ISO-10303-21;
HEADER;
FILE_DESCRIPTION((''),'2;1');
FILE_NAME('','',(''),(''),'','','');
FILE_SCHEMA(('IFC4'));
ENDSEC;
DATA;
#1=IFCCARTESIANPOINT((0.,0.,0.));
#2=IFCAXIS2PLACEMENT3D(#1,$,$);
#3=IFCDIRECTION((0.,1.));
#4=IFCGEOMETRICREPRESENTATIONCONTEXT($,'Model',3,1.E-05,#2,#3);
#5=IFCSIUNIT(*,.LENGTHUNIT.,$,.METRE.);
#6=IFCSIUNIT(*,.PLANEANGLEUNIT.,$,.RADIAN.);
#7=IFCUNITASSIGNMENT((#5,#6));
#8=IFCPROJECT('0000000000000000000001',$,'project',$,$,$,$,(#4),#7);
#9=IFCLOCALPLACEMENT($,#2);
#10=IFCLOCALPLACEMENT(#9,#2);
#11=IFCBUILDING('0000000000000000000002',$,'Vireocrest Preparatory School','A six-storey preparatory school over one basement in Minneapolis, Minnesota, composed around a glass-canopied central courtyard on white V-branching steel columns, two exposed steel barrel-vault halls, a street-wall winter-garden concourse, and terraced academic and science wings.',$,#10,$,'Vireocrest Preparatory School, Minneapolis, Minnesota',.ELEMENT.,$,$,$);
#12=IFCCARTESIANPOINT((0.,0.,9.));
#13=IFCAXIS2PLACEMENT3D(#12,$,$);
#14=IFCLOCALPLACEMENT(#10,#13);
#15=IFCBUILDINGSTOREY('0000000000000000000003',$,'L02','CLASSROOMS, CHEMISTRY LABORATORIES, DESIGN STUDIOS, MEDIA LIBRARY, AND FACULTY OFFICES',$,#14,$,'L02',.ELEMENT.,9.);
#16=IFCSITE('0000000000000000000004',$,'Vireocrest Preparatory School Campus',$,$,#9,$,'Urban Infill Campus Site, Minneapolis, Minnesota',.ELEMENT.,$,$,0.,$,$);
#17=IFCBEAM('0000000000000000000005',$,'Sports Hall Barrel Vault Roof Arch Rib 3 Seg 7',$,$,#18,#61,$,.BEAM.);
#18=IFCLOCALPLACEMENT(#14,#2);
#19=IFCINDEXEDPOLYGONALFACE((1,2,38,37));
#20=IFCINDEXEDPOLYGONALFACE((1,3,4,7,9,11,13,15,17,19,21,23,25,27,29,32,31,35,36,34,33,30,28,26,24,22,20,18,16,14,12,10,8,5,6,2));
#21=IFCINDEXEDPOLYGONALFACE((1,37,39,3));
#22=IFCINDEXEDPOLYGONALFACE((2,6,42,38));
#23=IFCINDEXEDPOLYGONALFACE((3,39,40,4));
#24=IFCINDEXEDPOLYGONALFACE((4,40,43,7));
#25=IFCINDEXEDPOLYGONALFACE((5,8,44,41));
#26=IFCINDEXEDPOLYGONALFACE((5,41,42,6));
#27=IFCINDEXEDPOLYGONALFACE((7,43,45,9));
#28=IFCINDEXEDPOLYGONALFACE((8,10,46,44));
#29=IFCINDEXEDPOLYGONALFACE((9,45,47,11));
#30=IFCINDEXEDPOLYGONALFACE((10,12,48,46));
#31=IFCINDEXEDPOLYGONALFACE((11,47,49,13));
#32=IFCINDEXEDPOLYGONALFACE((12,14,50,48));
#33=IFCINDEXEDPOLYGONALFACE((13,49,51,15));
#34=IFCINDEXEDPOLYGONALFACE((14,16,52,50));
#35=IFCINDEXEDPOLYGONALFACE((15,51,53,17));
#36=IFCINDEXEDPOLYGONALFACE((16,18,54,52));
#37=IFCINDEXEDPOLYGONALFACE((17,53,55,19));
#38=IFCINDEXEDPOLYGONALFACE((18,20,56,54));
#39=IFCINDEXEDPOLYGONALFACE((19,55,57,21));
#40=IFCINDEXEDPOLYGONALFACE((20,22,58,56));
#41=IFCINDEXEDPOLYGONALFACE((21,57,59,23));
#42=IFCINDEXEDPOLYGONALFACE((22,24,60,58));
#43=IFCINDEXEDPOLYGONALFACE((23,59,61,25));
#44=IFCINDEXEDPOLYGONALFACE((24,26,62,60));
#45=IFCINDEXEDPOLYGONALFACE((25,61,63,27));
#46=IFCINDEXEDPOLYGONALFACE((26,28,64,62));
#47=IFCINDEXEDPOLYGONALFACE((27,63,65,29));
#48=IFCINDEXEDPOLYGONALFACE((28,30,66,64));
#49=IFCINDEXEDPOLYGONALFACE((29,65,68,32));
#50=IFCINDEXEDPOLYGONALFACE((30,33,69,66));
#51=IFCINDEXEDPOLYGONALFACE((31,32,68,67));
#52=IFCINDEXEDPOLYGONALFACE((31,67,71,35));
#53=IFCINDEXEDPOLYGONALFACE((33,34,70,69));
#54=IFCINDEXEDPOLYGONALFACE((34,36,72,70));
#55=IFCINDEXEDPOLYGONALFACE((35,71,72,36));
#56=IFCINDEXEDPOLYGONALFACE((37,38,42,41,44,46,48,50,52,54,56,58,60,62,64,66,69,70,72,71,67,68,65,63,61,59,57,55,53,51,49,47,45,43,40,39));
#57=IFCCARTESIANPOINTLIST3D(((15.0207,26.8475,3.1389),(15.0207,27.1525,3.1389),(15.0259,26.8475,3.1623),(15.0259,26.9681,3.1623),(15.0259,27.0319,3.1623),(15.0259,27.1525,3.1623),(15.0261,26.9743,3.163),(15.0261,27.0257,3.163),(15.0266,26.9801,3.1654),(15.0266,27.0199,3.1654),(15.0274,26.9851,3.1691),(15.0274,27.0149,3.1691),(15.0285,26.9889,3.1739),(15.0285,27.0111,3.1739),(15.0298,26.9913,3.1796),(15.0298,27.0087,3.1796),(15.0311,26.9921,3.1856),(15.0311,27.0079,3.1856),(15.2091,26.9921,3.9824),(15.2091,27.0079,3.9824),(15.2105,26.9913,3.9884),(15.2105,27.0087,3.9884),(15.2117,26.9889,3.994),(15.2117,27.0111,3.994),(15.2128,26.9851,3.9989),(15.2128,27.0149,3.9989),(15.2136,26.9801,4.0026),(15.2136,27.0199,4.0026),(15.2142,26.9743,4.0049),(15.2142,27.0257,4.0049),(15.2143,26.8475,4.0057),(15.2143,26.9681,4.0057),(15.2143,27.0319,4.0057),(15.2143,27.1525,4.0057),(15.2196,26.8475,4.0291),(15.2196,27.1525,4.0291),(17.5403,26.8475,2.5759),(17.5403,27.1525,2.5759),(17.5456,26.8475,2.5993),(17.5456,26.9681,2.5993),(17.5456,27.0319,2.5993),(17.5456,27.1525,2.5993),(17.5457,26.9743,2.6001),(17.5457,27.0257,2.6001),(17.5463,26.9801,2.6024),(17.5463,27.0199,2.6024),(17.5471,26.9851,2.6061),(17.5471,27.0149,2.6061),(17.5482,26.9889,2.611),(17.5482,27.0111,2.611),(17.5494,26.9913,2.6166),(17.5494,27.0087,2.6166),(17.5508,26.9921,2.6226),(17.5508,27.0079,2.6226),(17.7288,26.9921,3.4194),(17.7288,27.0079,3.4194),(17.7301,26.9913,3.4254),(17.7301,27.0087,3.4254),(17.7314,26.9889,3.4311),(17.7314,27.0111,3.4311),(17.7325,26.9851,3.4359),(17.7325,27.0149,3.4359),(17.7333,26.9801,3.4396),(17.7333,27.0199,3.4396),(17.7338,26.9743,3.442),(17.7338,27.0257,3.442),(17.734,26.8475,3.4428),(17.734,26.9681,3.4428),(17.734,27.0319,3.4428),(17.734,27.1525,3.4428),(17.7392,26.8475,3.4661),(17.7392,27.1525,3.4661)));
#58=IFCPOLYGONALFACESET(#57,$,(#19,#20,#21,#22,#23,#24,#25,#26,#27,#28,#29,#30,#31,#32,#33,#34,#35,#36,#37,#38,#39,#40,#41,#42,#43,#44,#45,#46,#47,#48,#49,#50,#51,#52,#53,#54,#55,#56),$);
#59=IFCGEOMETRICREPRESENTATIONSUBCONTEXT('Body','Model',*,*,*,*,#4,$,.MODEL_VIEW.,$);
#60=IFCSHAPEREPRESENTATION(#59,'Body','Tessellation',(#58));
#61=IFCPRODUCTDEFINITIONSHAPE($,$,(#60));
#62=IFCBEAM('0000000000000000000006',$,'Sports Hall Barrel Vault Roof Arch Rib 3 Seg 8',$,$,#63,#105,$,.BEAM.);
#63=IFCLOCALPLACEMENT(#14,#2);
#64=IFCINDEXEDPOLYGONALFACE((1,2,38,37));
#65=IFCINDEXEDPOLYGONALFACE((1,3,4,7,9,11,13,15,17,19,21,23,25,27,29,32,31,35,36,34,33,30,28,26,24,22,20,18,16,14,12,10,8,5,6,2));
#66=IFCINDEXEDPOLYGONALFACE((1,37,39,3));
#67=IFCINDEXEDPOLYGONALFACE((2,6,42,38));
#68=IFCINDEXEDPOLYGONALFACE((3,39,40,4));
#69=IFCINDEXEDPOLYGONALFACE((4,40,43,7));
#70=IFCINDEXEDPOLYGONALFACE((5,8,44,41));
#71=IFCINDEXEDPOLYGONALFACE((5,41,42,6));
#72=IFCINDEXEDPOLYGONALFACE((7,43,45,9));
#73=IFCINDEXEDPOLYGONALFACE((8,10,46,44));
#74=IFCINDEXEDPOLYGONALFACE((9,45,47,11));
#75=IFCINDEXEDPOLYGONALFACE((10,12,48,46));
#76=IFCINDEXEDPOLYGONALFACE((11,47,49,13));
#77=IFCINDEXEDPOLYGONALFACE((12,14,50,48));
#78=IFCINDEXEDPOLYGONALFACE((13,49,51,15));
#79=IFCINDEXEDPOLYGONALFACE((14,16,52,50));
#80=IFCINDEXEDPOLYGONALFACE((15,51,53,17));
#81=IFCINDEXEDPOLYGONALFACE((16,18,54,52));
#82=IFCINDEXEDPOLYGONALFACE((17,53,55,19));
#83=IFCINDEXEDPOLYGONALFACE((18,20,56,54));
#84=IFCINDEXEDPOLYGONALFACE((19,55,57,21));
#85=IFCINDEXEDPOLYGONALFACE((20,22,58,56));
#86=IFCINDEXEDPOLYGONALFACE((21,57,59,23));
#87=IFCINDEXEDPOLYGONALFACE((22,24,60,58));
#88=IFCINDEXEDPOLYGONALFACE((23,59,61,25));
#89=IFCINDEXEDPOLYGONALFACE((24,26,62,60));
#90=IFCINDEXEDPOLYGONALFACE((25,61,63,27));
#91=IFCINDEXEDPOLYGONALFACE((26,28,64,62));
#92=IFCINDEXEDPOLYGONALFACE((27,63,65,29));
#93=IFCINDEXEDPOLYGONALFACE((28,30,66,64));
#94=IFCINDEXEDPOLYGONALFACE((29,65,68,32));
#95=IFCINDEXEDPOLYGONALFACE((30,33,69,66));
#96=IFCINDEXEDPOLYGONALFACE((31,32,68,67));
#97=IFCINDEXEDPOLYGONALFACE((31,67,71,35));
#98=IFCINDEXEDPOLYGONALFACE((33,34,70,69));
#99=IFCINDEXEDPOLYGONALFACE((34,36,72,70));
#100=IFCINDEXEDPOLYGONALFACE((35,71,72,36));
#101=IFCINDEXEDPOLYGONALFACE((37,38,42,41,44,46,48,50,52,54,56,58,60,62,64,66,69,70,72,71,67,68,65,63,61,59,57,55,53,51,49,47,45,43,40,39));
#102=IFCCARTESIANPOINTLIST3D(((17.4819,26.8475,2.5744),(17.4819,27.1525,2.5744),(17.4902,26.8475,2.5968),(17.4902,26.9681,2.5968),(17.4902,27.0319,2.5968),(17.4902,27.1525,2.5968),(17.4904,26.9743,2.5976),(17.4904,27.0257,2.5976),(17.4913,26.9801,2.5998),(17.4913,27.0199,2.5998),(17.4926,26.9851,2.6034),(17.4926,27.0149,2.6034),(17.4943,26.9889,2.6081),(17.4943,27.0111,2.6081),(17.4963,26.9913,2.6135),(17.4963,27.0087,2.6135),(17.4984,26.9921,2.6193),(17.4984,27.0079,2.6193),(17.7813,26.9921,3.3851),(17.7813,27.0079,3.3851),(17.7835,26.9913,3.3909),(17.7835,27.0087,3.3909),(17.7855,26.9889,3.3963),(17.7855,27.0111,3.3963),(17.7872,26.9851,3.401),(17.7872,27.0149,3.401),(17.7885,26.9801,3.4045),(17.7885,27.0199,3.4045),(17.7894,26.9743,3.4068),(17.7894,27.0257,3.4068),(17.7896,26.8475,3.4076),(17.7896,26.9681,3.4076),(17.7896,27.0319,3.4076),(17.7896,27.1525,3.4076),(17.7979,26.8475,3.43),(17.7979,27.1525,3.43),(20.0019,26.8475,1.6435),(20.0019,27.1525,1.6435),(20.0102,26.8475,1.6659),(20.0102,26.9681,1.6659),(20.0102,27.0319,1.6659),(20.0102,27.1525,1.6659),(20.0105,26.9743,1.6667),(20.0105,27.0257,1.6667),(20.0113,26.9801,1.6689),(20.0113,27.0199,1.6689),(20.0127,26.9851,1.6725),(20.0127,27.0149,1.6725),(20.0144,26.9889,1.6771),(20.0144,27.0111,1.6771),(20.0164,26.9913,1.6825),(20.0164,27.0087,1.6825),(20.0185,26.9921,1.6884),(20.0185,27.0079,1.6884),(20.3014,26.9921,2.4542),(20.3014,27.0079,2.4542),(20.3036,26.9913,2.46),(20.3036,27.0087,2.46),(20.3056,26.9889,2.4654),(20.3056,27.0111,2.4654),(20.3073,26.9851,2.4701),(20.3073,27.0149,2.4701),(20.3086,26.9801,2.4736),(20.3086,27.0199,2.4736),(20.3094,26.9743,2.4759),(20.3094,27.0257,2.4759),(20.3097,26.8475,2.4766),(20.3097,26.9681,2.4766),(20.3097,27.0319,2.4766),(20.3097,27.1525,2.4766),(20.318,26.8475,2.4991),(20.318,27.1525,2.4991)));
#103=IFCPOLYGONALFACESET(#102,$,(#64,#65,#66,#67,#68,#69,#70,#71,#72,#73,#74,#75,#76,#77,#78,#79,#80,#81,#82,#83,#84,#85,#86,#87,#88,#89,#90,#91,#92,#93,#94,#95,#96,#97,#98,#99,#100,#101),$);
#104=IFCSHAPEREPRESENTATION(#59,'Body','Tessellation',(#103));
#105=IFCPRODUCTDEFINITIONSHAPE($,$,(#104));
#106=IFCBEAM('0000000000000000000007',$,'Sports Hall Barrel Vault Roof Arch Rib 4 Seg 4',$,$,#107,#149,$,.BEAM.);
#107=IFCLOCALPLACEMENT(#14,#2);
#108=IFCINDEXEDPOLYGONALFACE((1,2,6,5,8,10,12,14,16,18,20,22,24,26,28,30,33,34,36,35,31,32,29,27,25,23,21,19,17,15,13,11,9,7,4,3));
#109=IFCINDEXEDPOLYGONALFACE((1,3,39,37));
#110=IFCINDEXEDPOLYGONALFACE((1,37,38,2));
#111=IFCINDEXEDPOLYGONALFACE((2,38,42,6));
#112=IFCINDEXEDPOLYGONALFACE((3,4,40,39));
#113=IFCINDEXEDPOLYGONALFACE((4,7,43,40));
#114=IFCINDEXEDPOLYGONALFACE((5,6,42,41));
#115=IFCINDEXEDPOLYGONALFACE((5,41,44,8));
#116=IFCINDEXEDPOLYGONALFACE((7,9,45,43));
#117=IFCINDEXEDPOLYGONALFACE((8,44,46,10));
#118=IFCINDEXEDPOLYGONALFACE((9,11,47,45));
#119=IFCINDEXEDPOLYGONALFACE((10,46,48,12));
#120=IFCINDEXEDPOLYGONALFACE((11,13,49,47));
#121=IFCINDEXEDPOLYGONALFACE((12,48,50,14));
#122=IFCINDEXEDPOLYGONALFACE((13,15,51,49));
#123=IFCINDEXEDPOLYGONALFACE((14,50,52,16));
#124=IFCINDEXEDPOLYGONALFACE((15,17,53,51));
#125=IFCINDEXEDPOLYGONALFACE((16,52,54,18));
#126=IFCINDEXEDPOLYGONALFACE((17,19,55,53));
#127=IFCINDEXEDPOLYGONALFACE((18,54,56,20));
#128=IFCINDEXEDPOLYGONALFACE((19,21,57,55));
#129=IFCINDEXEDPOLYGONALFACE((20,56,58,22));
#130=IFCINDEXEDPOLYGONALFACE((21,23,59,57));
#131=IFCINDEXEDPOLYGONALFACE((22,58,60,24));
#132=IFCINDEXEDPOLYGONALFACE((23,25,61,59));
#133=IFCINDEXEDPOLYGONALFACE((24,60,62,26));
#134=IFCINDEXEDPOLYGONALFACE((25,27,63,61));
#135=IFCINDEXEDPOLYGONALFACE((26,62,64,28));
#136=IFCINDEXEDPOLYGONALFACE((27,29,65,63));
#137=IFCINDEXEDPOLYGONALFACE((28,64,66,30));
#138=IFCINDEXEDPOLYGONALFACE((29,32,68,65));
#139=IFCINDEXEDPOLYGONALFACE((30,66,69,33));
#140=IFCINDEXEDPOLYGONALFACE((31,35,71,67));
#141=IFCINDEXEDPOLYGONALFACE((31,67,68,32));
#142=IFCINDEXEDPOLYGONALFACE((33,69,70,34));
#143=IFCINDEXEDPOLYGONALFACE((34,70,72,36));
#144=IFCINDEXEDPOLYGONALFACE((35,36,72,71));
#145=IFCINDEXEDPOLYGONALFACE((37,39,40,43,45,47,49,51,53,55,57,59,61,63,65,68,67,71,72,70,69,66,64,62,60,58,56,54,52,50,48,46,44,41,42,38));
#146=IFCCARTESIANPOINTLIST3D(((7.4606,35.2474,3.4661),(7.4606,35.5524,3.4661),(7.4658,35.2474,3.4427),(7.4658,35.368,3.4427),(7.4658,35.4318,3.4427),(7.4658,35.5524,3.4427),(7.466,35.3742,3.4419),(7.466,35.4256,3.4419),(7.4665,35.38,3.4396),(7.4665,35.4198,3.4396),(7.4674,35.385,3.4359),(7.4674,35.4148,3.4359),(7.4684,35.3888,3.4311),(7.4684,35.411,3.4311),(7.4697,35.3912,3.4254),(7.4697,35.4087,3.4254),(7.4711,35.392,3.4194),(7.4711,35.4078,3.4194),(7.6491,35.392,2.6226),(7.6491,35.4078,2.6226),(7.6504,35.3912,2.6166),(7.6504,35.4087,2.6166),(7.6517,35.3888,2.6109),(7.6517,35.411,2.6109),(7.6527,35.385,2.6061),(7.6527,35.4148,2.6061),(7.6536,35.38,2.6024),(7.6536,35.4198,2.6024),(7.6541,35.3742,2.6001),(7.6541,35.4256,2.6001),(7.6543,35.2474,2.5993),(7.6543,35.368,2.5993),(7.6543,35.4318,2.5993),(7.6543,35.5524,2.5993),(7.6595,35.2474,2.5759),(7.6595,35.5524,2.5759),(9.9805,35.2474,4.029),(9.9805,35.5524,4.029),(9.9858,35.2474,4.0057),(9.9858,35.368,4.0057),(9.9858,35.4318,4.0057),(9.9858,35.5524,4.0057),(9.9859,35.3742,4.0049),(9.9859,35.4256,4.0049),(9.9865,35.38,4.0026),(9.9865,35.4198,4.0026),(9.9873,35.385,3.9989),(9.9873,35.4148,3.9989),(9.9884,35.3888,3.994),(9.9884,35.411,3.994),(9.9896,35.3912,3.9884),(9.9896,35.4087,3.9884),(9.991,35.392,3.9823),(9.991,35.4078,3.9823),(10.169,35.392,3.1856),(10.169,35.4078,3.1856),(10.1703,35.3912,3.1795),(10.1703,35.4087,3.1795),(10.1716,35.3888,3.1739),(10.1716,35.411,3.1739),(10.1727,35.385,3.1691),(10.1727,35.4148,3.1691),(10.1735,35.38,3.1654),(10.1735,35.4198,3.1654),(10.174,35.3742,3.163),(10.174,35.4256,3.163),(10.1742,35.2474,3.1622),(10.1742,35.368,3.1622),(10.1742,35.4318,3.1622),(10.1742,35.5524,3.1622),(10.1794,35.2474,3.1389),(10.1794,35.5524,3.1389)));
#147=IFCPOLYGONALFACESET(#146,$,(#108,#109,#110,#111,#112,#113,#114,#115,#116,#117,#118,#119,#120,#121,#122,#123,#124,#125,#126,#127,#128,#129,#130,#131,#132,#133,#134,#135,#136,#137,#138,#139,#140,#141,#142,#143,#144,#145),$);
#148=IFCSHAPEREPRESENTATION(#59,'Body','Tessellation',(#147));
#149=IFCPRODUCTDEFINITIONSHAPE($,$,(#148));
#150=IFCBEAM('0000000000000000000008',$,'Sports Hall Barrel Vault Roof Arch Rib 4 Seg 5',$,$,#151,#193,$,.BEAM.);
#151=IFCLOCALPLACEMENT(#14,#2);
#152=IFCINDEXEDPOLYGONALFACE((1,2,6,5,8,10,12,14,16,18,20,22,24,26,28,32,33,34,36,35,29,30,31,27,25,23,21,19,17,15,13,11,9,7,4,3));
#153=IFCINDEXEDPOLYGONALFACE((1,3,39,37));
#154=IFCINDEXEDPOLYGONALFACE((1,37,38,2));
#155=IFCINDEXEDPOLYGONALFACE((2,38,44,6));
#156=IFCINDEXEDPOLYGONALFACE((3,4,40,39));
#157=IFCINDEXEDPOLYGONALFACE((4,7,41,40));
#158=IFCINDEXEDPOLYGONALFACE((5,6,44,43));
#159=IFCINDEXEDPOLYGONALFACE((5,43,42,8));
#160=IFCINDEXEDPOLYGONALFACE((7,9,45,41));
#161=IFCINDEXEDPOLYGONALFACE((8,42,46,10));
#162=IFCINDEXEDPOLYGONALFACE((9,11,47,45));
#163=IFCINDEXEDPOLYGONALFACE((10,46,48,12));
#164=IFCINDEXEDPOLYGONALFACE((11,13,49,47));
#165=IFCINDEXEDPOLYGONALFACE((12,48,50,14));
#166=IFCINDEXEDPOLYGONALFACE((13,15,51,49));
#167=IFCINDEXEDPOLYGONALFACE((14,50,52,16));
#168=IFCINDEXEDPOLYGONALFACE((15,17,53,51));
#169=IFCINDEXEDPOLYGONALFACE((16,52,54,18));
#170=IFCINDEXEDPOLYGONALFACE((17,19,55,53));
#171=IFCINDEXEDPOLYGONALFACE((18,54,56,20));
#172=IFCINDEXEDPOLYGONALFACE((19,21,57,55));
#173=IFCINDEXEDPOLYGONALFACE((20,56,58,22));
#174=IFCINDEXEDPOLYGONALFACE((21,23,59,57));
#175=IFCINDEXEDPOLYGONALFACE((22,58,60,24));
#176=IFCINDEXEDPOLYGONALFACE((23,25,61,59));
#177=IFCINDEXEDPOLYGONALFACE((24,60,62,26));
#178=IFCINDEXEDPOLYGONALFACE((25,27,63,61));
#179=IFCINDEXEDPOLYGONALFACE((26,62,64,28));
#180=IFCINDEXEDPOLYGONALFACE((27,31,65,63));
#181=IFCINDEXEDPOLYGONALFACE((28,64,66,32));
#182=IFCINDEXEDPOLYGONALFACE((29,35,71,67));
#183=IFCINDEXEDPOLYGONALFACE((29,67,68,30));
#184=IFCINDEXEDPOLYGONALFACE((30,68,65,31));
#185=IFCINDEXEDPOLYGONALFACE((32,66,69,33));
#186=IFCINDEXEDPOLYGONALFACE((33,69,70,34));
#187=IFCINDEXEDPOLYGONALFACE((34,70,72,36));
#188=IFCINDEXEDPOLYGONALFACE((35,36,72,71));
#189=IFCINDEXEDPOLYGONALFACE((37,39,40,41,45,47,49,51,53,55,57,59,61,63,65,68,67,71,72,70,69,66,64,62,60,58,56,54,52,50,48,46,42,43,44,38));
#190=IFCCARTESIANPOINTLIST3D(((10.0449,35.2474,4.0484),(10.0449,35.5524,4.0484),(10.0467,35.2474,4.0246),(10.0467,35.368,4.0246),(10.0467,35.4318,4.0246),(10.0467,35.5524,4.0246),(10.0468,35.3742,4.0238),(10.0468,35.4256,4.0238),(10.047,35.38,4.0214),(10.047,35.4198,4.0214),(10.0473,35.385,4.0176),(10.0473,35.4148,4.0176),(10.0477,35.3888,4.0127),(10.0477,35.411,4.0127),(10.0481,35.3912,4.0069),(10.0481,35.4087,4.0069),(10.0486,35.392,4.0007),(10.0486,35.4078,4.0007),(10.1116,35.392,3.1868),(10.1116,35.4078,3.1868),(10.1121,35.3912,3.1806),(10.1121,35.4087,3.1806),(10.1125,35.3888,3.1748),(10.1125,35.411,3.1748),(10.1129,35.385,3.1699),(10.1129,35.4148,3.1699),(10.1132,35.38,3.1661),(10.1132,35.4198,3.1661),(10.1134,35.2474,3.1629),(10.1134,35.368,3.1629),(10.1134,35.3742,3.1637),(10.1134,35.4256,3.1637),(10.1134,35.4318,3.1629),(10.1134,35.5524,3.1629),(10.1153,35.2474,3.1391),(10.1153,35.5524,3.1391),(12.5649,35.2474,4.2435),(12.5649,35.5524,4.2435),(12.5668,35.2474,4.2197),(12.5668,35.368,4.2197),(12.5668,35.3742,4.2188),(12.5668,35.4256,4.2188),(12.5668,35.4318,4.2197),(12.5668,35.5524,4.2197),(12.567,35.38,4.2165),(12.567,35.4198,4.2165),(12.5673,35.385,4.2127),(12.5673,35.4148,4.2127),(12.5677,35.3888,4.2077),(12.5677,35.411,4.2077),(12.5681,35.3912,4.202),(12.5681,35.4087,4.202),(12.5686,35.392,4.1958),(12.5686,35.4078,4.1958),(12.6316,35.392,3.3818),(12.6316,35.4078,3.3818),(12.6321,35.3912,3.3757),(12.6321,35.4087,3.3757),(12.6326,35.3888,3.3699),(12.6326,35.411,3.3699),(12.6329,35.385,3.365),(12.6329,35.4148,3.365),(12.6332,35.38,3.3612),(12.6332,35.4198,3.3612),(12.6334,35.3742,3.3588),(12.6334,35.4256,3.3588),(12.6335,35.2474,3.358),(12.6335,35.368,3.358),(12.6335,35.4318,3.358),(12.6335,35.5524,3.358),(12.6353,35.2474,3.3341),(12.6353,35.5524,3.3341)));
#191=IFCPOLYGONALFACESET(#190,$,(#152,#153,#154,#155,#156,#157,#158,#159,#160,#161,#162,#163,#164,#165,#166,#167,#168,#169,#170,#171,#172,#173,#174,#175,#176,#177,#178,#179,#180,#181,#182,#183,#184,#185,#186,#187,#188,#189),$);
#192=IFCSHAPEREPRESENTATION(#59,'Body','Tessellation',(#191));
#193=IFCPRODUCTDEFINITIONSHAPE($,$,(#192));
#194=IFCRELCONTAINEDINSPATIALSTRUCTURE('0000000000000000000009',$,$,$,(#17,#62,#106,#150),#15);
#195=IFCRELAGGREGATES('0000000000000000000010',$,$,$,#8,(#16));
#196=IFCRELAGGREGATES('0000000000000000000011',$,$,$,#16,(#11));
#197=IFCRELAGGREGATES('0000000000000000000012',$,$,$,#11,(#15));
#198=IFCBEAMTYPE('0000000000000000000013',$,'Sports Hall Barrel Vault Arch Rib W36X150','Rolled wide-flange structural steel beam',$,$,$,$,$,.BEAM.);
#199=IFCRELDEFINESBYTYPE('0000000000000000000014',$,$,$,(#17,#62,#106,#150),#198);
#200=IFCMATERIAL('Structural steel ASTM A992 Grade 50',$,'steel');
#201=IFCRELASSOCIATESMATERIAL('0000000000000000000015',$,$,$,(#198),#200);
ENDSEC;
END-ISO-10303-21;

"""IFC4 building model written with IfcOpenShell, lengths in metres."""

from ifc_helpers import new_model, si_unit, direction, frame, origin, origin_2d, place, context, subcontext, project, spatial, i_section, extrude, material, material_profile, profile_set, type_object, element, save


model = new_model("IFC4")

# Units and contexts
model_context = context("Model", 3, precision=1e-05, world=origin(), true_north=direction((0.0, 1.0)))
body_context = subcontext(model_context, "Body", "Model", "MODEL_VIEW")
ifc_project = project(units=[si_unit("LENGTHUNIT", "METRE"), si_unit("PLANEANGLEUNIT", "RADIAN")], contexts=[model_context])

# Site, building, storey
site_placement = place(None, origin())
site = spatial("IfcSite", under=ifc_project, at=site_placement, Name="Vireocrest Preparatory School Campus", LongName="Urban Infill Campus Site, Minneapolis, Minnesota", CompositionType="ELEMENT", RefElevation=0.0)
building_placement = place(site_placement, origin())
building = spatial("IfcBuilding", under=site, at=building_placement, Name="Vireocrest Preparatory School", Description="A six-storey preparatory school over one basement in Minneapolis, Minnesota, composed around a glass-canopied central courtyard on white V-branching steel columns, two exposed steel barrel-vault halls, a street-wall winter-garden concourse, and terraced academic and science wings.", LongName="Vireocrest Preparatory School, Minneapolis, Minnesota", CompositionType="ELEMENT")
storey_placement = place(building_placement, frame((0.0, 0.0, 9.0)))
storey = spatial("IfcBuildingStorey", under=building, at=storey_placement, Name="L02", Description="CLASSROOMS, CHEMISTRY LABORATORIES, DESIGN STUDIOS, MEDIA LIBRARY, AND FACULTY OFFICES", LongName="L02", CompositionType="ELEMENT", Elevation=9.0)

# Beams
ifc_material_1 = material(Name="Structural steel ASTM A992 Grade 50", Category="steel")
ifc_material_profile_1 = material_profile(ifc_material_1, i_section(OverallWidth=0.3049, OverallDepth=0.9121, WebThickness=0.0159, FlangeThickness=0.0239, FilletRadius=0.0239, at=origin_2d()), Name="W36X150")
ifc_profile_set_1 = profile_set([ifc_material_profile_1], Name="Structural steel ASTM A992 Grade 50")
beam_type = type_object("IfcBeamType", Name="Sports Hall Barrel Vault Arch Rib W36X150", Description="Rolled wide-flange structural steel beam", PredefinedType="BEAM", material=ifc_profile_set_1)
beam_1_placement = place(storey_placement, frame((15.1201, 27.0, 3.584), z_axis=(0.975937, 0.0, -0.218052), x_axis=(0.0, 1.0, 0.0)))
element("IfcBeam", 1, at=beam_1_placement, inside=storey, type_object=beam_type, Name="Sports Hall Barrel Vault Roof Arch Rib 3 Seg 7", PredefinedType="BEAM", context=body_context, shape_type="SweptSolid", body=[
    extrude(i_section(OverallWidth=0.3049, OverallDepth=0.9121, WebThickness=0.0159, FlangeThickness=0.0239, FilletRadius=0.0239, at=origin_2d()), origin(), (0.0, 0.0, 1.0), 2.5818),
])
beam_2_placement = place(storey_placement, frame((17.6399, 27.0, 3.0022), z_axis=(0.938043, 0.0, -0.346518), x_axis=(0.0, 1.0, 0.0)))
element("IfcBeam", 2, at=beam_2_placement, inside=storey, type_object=beam_type, Name="Sports Hall Barrel Vault Roof Arch Rib 3 Seg 8", PredefinedType="BEAM", context=body_context, shape_type="SweptSolid", body=[
    extrude(i_section(OverallWidth=0.3049, OverallDepth=0.9121, WebThickness=0.0159, FlangeThickness=0.0239, FilletRadius=0.0239, at=origin_2d()), origin(), (0.0, 0.0, 1.0), 2.6865),
])
beam_3_placement = place(storey_placement, frame((7.5601, 35.3999, 3.021), z_axis=(0.975942, 0.0, 0.218032), x_axis=(0.0, 1.0, 0.0)))
element("IfcBeam", 3, at=beam_3_placement, inside=storey, type_object=beam_type, Name="Sports Hall Barrel Vault Roof Arch Rib 4 Seg 4", PredefinedType="BEAM", context=body_context, shape_type="SweptSolid", body=[
    extrude(i_section(OverallWidth=0.3049, OverallDepth=0.9121, WebThickness=0.0159, FlangeThickness=0.0239, FilletRadius=0.0239, at=origin_2d()), origin(), (0.0, 0.0, 1.0), 2.582),
])
for number, where, z_axis, x_axis, name in (
    (4, (10.0801, 35.3999, 3.5938), (0.997017, 0.0, 0.077177), (0.0, 1.0, 0.0), "Sports Hall Barrel Vault Roof Arch Rib 4 Seg 5"),
):
    element("IfcBeam", number, at=place(storey_placement, frame(where, z_axis=z_axis, x_axis=x_axis)), inside=storey, type_object=beam_type, Name=name, PredefinedType="BEAM", context=body_context, shape_type="SweptSolid", body=[
        extrude(i_section(OverallWidth=0.3049, OverallDepth=0.9121, WebThickness=0.0159, FlangeThickness=0.0239, FilletRadius=0.0239, at=origin_2d()), origin(), (0.0, 0.0, 1.0), 2.5276),
    ])

save(model, "model.ifc")
